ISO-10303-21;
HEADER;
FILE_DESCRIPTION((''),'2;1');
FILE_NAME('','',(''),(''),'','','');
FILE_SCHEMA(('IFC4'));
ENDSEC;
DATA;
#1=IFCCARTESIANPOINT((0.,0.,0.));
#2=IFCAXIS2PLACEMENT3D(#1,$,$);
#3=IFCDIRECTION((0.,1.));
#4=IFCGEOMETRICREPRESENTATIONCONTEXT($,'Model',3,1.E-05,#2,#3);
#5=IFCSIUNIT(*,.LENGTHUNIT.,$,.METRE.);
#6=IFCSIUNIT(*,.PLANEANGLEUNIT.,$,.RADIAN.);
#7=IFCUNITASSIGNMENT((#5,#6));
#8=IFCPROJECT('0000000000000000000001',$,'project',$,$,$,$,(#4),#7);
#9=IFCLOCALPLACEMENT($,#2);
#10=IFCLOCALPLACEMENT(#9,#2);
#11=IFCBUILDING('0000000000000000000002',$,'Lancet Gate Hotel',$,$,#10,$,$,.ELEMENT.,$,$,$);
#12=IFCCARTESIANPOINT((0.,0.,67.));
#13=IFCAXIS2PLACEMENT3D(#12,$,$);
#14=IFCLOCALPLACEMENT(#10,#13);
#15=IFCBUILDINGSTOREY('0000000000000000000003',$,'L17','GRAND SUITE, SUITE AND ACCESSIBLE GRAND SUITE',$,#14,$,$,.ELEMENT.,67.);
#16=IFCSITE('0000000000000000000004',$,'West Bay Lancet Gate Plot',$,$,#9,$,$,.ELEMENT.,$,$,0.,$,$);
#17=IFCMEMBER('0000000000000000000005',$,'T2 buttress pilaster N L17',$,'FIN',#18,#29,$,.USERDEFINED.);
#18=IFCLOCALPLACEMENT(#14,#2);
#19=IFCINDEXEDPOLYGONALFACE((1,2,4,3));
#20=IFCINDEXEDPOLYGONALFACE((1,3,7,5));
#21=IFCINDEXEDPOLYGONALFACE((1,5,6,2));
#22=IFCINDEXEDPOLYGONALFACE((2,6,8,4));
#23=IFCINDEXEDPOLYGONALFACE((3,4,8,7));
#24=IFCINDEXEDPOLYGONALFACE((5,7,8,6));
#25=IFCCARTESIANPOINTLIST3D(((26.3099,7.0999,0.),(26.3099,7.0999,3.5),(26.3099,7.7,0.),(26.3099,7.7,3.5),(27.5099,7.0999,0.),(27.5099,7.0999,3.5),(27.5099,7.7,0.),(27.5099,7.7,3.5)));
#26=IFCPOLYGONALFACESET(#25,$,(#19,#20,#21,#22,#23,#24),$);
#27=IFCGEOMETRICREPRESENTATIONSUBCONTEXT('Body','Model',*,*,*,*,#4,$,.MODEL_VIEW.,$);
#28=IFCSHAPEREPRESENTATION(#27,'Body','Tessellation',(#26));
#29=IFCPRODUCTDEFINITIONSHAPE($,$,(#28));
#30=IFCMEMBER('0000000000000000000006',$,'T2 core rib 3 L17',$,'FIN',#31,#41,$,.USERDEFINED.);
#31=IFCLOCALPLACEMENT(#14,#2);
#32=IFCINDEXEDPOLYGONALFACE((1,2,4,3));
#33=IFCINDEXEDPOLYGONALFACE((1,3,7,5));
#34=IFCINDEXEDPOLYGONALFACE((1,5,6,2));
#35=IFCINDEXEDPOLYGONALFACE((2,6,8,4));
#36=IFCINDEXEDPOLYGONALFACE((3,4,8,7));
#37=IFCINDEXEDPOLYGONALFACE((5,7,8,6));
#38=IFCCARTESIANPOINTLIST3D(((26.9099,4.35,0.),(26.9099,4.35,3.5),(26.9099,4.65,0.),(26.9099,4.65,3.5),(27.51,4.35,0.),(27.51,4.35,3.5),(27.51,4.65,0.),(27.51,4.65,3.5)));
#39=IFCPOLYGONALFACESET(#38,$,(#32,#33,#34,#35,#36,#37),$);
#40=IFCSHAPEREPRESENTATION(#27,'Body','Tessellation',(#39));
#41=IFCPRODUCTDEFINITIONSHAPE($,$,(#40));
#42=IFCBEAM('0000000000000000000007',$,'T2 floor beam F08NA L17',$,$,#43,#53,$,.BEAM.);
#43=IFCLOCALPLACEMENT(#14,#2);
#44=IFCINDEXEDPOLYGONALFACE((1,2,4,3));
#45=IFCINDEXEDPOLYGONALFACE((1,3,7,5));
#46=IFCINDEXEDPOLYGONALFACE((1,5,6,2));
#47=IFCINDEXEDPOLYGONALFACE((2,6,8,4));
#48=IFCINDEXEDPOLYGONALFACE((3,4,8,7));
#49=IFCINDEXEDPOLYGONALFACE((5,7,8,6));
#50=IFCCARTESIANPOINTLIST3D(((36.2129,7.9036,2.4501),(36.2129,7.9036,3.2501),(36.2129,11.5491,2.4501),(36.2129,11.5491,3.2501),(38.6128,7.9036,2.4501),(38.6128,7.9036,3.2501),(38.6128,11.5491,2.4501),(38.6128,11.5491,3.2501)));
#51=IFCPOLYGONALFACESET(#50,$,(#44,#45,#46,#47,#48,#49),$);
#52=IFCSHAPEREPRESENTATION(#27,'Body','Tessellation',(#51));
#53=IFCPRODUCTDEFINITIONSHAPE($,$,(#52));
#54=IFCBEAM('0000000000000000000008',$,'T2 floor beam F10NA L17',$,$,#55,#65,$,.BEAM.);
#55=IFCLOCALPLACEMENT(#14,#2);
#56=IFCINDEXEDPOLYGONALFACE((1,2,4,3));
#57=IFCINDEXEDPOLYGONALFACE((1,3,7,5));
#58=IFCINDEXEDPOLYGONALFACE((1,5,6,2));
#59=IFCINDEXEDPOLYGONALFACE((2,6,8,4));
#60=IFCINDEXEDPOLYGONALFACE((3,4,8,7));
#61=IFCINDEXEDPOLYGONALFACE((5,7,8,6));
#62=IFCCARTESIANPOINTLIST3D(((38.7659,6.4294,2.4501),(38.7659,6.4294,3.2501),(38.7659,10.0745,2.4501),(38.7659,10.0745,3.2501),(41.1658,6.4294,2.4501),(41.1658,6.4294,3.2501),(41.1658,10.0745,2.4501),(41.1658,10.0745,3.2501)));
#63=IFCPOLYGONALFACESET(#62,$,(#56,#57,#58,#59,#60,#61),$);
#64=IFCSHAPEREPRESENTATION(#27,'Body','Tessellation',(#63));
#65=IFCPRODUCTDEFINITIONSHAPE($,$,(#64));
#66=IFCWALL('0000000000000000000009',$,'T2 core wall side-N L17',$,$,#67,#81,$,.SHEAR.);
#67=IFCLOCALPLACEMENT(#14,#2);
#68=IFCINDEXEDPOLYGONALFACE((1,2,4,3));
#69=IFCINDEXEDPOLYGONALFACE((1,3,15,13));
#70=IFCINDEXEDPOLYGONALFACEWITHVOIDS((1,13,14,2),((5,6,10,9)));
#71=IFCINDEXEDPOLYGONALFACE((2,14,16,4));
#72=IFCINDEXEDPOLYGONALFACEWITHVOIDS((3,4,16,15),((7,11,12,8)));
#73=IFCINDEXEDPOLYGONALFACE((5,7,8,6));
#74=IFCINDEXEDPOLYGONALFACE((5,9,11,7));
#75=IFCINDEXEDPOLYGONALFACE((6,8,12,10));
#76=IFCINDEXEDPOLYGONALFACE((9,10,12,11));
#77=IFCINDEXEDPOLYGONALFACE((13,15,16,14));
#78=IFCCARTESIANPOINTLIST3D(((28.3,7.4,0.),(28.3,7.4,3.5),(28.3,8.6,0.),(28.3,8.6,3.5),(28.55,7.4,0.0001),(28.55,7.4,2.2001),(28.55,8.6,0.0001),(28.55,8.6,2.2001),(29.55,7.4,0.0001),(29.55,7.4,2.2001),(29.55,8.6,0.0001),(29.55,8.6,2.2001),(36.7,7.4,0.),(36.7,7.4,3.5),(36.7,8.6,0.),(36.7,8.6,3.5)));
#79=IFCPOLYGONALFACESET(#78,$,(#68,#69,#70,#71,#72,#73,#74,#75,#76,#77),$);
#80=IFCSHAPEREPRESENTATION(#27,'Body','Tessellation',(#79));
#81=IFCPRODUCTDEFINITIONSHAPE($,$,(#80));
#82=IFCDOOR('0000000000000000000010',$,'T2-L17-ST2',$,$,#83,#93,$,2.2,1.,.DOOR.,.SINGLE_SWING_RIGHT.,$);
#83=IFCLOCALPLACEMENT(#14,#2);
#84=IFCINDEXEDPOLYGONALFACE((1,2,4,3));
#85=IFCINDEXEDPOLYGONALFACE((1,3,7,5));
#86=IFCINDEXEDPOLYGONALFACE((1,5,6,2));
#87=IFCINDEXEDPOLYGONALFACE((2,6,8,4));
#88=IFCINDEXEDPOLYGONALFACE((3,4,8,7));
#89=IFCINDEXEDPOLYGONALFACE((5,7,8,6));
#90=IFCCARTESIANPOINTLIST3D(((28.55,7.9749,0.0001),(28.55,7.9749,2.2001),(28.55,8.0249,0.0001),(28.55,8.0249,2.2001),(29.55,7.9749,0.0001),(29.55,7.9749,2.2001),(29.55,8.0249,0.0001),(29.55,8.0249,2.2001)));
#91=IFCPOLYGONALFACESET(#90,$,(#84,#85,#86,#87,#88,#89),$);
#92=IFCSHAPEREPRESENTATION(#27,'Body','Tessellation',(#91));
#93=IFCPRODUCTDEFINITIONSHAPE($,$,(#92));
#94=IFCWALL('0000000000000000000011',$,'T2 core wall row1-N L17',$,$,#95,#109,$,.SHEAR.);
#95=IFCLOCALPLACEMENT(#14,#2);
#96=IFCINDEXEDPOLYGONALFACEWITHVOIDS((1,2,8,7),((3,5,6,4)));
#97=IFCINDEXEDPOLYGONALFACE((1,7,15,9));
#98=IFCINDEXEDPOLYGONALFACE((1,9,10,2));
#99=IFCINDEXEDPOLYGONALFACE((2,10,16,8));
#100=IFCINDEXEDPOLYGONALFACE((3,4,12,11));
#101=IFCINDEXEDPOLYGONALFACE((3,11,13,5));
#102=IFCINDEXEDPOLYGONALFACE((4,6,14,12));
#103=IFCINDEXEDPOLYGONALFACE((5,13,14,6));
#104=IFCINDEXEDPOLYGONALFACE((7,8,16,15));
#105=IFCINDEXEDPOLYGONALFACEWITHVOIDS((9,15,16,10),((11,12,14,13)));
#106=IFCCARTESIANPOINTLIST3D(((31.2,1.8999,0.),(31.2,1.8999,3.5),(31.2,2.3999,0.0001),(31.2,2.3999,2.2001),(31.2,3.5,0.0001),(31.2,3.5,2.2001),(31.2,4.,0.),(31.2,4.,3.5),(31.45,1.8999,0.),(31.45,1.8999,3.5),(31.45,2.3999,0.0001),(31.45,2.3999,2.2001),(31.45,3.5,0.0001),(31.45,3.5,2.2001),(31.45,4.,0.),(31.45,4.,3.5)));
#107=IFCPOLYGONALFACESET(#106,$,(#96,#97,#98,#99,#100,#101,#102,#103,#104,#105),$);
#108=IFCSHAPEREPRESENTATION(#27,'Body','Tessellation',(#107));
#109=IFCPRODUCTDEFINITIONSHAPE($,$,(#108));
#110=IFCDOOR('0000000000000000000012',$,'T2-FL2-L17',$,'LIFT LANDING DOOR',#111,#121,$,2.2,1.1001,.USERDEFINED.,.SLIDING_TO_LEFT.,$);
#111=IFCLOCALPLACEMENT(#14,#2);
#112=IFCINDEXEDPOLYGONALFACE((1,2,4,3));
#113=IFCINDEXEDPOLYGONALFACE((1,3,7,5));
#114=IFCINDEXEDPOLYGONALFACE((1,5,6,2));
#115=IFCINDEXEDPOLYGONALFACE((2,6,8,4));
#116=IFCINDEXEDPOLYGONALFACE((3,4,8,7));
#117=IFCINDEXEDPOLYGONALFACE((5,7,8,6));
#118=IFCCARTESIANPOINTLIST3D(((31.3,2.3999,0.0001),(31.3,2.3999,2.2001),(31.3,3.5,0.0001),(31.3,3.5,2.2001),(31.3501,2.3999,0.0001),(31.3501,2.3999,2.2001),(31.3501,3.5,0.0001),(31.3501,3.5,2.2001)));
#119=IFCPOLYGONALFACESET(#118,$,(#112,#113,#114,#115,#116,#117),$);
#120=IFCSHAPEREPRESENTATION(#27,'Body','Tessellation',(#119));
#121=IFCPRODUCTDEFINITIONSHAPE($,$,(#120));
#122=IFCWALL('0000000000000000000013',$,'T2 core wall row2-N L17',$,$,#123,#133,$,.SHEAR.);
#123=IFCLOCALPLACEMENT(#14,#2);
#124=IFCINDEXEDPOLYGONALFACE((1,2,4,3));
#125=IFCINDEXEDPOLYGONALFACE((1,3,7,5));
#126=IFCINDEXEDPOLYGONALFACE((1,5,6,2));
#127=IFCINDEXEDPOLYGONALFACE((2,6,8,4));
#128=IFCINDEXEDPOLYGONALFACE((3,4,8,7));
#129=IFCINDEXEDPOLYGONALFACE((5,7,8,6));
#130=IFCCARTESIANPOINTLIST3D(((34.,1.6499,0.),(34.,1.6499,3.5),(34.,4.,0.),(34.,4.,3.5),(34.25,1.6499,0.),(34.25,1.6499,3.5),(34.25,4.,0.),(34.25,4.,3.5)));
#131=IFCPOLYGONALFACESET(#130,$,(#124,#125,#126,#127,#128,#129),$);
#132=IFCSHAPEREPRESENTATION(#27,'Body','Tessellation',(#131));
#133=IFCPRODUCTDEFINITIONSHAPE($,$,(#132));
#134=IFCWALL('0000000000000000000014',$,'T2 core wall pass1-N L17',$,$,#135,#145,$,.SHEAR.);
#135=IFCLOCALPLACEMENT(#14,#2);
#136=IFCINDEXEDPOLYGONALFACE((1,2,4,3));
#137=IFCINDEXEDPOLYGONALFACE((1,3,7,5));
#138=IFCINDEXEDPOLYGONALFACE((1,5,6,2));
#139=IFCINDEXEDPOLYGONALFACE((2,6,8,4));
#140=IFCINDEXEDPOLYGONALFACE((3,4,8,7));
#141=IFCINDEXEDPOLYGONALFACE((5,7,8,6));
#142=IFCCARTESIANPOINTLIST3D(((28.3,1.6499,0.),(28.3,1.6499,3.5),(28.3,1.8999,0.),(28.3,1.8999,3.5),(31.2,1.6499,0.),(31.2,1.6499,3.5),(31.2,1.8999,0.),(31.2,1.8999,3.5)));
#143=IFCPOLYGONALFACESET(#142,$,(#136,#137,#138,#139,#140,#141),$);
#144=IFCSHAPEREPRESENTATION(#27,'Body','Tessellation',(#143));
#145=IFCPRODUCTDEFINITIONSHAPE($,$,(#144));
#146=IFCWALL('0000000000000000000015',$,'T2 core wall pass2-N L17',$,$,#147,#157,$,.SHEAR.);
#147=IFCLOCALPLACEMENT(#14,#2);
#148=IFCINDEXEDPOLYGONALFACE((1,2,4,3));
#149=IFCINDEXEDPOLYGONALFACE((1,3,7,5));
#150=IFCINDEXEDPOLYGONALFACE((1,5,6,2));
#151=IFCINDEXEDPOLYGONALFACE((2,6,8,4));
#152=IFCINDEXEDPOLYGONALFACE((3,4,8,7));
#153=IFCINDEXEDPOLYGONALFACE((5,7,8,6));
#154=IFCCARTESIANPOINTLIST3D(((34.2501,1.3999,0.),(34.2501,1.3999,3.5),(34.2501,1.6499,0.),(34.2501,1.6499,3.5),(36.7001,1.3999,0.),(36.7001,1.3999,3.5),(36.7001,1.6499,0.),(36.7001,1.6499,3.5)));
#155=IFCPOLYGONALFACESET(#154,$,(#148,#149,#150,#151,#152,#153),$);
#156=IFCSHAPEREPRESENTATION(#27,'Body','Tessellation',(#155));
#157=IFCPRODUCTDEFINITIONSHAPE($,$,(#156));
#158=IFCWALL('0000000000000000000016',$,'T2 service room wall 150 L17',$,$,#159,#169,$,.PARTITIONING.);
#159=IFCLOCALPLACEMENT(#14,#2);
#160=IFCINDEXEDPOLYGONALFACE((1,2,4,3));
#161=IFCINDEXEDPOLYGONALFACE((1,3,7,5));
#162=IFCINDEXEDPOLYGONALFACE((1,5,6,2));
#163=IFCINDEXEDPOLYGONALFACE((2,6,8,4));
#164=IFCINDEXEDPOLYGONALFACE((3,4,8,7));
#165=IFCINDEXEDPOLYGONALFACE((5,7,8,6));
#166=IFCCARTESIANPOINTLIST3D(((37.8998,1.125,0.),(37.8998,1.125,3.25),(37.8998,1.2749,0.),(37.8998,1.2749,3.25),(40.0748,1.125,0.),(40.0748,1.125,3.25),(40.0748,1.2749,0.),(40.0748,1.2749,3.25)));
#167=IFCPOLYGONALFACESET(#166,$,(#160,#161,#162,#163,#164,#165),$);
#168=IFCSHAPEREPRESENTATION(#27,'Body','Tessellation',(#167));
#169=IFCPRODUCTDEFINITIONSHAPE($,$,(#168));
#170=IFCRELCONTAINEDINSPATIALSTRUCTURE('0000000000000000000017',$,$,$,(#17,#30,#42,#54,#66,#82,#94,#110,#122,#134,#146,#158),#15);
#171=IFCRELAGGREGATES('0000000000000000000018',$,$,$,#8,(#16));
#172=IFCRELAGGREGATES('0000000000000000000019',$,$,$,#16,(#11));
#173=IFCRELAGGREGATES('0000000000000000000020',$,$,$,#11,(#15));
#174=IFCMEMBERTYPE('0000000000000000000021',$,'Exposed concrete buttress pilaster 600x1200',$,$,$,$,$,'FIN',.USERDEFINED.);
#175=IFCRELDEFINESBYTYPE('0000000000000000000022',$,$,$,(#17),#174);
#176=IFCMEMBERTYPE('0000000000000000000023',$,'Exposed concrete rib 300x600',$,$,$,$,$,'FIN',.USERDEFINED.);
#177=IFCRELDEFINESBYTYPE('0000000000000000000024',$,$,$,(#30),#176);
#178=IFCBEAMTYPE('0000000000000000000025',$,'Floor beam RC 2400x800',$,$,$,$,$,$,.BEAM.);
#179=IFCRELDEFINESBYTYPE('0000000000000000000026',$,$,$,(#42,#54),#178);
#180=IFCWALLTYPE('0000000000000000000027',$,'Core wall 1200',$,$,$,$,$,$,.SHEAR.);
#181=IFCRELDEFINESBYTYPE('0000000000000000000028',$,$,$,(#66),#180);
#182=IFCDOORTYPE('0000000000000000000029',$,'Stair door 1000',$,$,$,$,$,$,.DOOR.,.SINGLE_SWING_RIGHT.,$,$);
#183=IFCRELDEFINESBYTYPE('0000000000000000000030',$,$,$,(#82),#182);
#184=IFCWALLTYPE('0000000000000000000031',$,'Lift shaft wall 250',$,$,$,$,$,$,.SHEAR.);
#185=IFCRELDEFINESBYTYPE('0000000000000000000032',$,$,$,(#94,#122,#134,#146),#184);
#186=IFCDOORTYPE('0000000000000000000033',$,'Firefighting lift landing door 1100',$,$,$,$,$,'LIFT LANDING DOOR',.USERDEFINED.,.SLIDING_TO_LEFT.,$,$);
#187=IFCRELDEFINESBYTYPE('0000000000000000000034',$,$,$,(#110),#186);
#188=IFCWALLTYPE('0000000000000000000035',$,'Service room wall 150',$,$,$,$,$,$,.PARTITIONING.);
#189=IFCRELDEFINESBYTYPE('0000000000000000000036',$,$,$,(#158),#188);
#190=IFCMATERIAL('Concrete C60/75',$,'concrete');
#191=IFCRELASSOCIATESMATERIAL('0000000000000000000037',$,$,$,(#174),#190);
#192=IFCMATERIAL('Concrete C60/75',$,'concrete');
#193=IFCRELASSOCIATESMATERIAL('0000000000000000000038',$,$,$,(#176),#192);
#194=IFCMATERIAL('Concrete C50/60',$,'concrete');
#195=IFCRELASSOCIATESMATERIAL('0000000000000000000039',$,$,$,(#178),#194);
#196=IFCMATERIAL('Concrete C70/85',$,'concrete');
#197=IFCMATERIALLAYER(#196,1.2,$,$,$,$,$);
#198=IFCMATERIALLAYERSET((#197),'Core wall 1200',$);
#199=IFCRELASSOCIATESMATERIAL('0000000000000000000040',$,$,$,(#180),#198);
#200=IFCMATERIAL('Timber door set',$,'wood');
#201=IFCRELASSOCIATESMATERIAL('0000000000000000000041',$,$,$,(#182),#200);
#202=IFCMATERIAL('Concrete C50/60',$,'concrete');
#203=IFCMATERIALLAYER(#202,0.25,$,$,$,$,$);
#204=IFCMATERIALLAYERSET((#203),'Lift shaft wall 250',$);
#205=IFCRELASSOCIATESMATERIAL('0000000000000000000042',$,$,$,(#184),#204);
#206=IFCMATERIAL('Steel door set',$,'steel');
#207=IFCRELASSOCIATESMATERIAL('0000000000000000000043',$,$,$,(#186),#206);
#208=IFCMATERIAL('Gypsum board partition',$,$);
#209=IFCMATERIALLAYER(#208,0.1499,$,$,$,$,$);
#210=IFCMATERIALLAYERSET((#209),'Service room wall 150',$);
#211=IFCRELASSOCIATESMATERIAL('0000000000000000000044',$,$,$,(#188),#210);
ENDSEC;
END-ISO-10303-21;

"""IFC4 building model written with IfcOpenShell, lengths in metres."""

from ifc_helpers import new_model, si_unit, direction, frame, frame_2d, origin, origin_2d, place, context, subcontext, project, spatial, rectangle, extrude, material, layer, layer_set, material_profile, profile_set, type_object, element, fill, save


model = new_model("IFC4")

# Units and contexts
model_context = context("Model", 3, precision=1e-05, world=origin(), true_north=direction((0.0, 1.0)))
body_context = subcontext(model_context, "Body", "Model", "MODEL_VIEW")
ifc_project = project(units=[si_unit("LENGTHUNIT", "METRE"), si_unit("PLANEANGLEUNIT", "RADIAN")], contexts=[model_context])

# Site, building, storey
site_placement = place(None, origin())
site = spatial("IfcSite", under=ifc_project, at=site_placement, Name="West Bay Lancet Gate Plot", CompositionType="ELEMENT", RefElevation=0.0)
building_placement = place(site_placement, origin())
building = spatial("IfcBuilding", under=site, at=building_placement, Name="Lancet Gate Hotel", CompositionType="ELEMENT")
storey_placement = place(building_placement, frame((0.0, 0.0, 67.0)))
storey = spatial("IfcBuildingStorey", under=building, at=storey_placement, Name="L17", Description="GRAND SUITE, SUITE AND ACCESSIBLE GRAND SUITE", CompositionType="ELEMENT", Elevation=67.0)

# Members
ifc_material_1 = material(Name="Concrete C60/75", Category="concrete")
ifc_material_profile_1 = material_profile(ifc_material_1, rectangle(XDim=0.6001, YDim=1.2, at=origin_2d()), Name="FIN 600x1200")
ifc_profile_set_1 = profile_set([ifc_material_profile_1], Name="Concrete C60/75")
member_type_1 = type_object("IfcMemberType", Name="Exposed concrete buttress pilaster 600x1200", ElementType="FIN", PredefinedType="USERDEFINED", material=ifc_profile_set_1)
member_1_placement = place(storey_placement, frame((26.9099, 7.3999, 0.0), z_axis=(0.0, 0.0, 1.0), x_axis=(0.0, 1.0, 0.0)))
element("IfcMember", 1, at=member_1_placement, inside=storey, type_object=member_type_1, Name="T2 buttress pilaster N L17", ObjectType="FIN", PredefinedType="USERDEFINED", context=body_context, shape_type="SweptSolid", body=[
    extrude(rectangle(XDim=0.6001, YDim=1.2, at=origin_2d()), origin(), (0.0, 0.0, 1.0), 3.5),
])
ifc_material_2 = material(Name="Concrete C60/75", Category="concrete")
ifc_material_profile_2 = material_profile(ifc_material_2, rectangle(XDim=0.3, YDim=0.6001, at=origin_2d()), Name="FIN 300x600")
ifc_profile_set_2 = profile_set([ifc_material_profile_2], Name="Concrete C60/75")
member_type_2 = type_object("IfcMemberType", Name="Exposed concrete rib 300x600", ElementType="FIN", PredefinedType="USERDEFINED", material=ifc_profile_set_2)
member_2_placement = place(storey_placement, frame((27.21, 4.5, 0.0), z_axis=(0.0, 0.0, 1.0), x_axis=(0.0, 1.0, 0.0)))
element("IfcMember", 2, at=member_2_placement, inside=storey, type_object=member_type_2, Name="T2 core rib 3 L17", ObjectType="FIN", PredefinedType="USERDEFINED", context=body_context, shape_type="SweptSolid", body=[
    extrude(rectangle(XDim=0.3, YDim=0.6001, at=origin_2d()), origin(), (0.0, 0.0, 1.0), 3.5),
])

# Beams
ifc_material_3 = material(Name="Concrete C50/60", Category="concrete")
ifc_material_profile_3 = material_profile(ifc_material_3, rectangle(XDim=2.3999, YDim=0.8, at=origin_2d()), Name="RC 2400x800")
ifc_profile_set_3 = profile_set([ifc_material_profile_3], Name="Concrete C50/60")
beam_type = type_object("IfcBeamType", Name="Floor beam RC 2400x800", PredefinedType="BEAM", material=ifc_profile_set_3)
beam_1_placement = place(storey_placement, frame((37.4128, 7.9036, 2.8501), z_axis=(0.0, 1.0, 0.0), x_axis=(-1.0, 0.0, 0.0)))
element("IfcBeam", 3, at=beam_1_placement, inside=storey, type_object=beam_type, Name="T2 floor beam F08NA L17", PredefinedType="BEAM", context=body_context, shape_type="SweptSolid", body=[
    extrude(rectangle(XDim=2.3999, YDim=0.8, at=origin_2d()), origin(), (0.0, 0.0, 1.0), 3.6455),
])
beam_2_placement = place(storey_placement, frame((39.9658, 6.4294, 2.8501), z_axis=(0.0, 1.0, 0.0), x_axis=(-1.0, 0.0, 0.0)))
element("IfcBeam", 4, at=beam_2_placement, inside=storey, type_object=beam_type, Name="T2 floor beam F10NA L17", PredefinedType="BEAM", context=body_context, shape_type="SweptSolid", body=[
    extrude(rectangle(XDim=2.3999, YDim=0.8, at=origin_2d()), origin(), (0.0, 0.0, 1.0), 3.645),
])

# Walls, openings, doors
ifc_material_4 = material(Name="Concrete C70/85", Category="concrete")
ifc_layer_1 = layer(ifc_material_4, 1.2)
ifc_layer_set_1 = layer_set([ifc_layer_1], Name="Core wall 1200")
wall_type_1 = type_object("IfcWallType", Name="Core wall 1200", PredefinedType="SHEAR", material=ifc_layer_set_1)
wall_1_placement = place(storey_placement, frame((28.3, 8.0, 0.0), z_axis=(0.0, 0.0, 1.0), x_axis=(1.0, 0.0, 0.0)))
wall_1 = element("IfcWall", 5, at=wall_1_placement, inside=storey, type_object=wall_type_1, Name="T2 core wall side-N L17", PredefinedType="SHEAR", context=body_context, shape_type="SweptSolid", body=[
    extrude(rectangle(XDim=8.3999, YDim=1.2, at=frame_2d((4.2, 0.0))), origin(), (0.0, 0.0, 1.0), 3.5),
])
opening_1_placement = place(wall_1_placement, frame((0.25, 0.0, 0.0)))
opening_1 = element("IfcOpeningElement", 6, at=opening_1_placement, cuts=wall_1, PredefinedType="OPENING", context=body_context, shape_type="SweptSolid", body=[
    extrude(rectangle(XDim=1.0, YDim=2.2, at=frame_2d((0.5, 1.1001))), frame((0.0, 0.6099, 0.0), z_axis=(0.0, -1.0, 0.0), x_axis=(1.0, 0.0, 0.0)), (0.0, 0.0, 1.0), 1.22),
])
ifc_material_5 = material(Name="Timber door set", Category="wood")
door_type_1 = type_object("IfcDoorType", Name="Stair door 1000", OperationType="SINGLE_SWING_RIGHT", PredefinedType="DOOR", material=ifc_material_5)
door_1_placement = place(opening_1_placement, origin())
door_1 = element("IfcDoor", 7, at=door_1_placement, inside=storey, type_object=door_type_1, Name="T2-L17-ST2", OperationType="SINGLE_SWING_RIGHT", OverallHeight=2.2, OverallWidth=1.0, PredefinedType="DOOR", context=body_context, shape_type="SweptSolid", body=[
    extrude(rectangle(XDim=1.0, YDim=2.2, at=frame_2d((0.5, 1.1001))), frame((0.0, 0.0249, 0.0), z_axis=(0.0, -1.0, 0.0), x_axis=(1.0, 0.0, 0.0)), (0.0, 0.0, 1.0), 0.05),
])
fill(opening_1, door_1)
ifc_material_6 = material(Name="Concrete C50/60", Category="concrete")
ifc_layer_2 = layer(ifc_material_6, 0.25)
ifc_layer_set_2 = layer_set([ifc_layer_2], Name="Lift shaft wall 250")
wall_type_2 = type_object("IfcWallType", Name="Lift shaft wall 250", PredefinedType="SHEAR", material=ifc_layer_set_2)
wall_2_placement = place(storey_placement, frame((31.325, 1.8999, 0.0), z_axis=(0.0, 0.0, 1.0), x_axis=(0.0, 1.0, 0.0)))
wall_2 = element("IfcWall", 8, at=wall_2_placement, inside=storey, type_object=wall_type_2, Name="T2 core wall row1-N L17", PredefinedType="SHEAR", context=body_context, shape_type="SweptSolid", body=[
    extrude(rectangle(XDim=2.1001, YDim=0.25, at=frame_2d((1.05, 0.0))), origin(), (0.0, 0.0, 1.0), 3.5),
])
opening_2_placement = place(wall_2_placement, frame((0.5, 0.0, 0.0)))
opening_2 = element("IfcOpeningElement", 9, at=opening_2_placement, cuts=wall_2, PredefinedType="OPENING", context=body_context, shape_type="SweptSolid", body=[
    extrude(rectangle(XDim=1.1001, YDim=2.2, at=frame_2d((0.55, 1.1001))), frame((0.0, 0.135, 0.0), z_axis=(0.0, -1.0, 0.0), x_axis=(1.0, 0.0, 0.0)), (0.0, 0.0, 1.0), 0.27),
])
ifc_material_7 = material(Name="Steel door set", Category="steel")
door_type_2 = type_object("IfcDoorType", Name="Firefighting lift landing door 1100", ElementType="LIFT LANDING DOOR", OperationType="SLIDING_TO_LEFT", PredefinedType="USERDEFINED", material=ifc_material_7)
door_2_placement = place(opening_2_placement, origin())
door_2 = element("IfcDoor", 10, at=door_2_placement, inside=storey, type_object=door_type_2, Name="T2-FL2-L17", ObjectType="LIFT LANDING DOOR", OperationType="SLIDING_TO_LEFT", OverallHeight=2.2, OverallWidth=1.1001, PredefinedType="USERDEFINED", context=body_context, shape_type="SweptSolid", body=[
    extrude(rectangle(XDim=1.1001, YDim=2.2, at=frame_2d((0.55, 1.1001))), frame((0.0, 0.0249, 0.0), z_axis=(0.0, -1.0, 0.0), x_axis=(1.0, 0.0, 0.0)), (0.0, 0.0, 1.0), 0.05),
])
fill(opening_2, door_2)

# Walls
wall_3_placement = place(storey_placement, frame((34.125, 1.6499, 0.0), z_axis=(0.0, 0.0, 1.0), x_axis=(0.0, 1.0, 0.0)))
element("IfcWall", 11, at=wall_3_placement, inside=storey, type_object=wall_type_2, Name="T2 core wall row2-N L17", PredefinedType="SHEAR", context=body_context, shape_type="SweptSolid", body=[
    extrude(rectangle(XDim=2.3501, YDim=0.25, at=frame_2d((1.175, 0.0))), origin(), (0.0, 0.0, 1.0), 3.5),
])
wall_4_placement = place(storey_placement, frame((28.3, 1.7749, 0.0), z_axis=(0.0, 0.0, 1.0), x_axis=(1.0, 0.0, 0.0)))
element("IfcWall", 12, at=wall_4_placement, inside=storey, type_object=wall_type_2, Name="T2 core wall pass1-N L17", PredefinedType="SHEAR", context=body_context, shape_type="SweptSolid", body=[
    extrude(rectangle(XDim=2.8999, YDim=0.25, at=frame_2d((1.45, 0.0))), origin(), (0.0, 0.0, 1.0), 3.5),
])
wall_5_placement = place(storey_placement, frame((34.25, 1.5249, 0.0), z_axis=(0.0, 0.0, 1.0), x_axis=(1.0, 0.0, 0.0)))
element("IfcWall", 13, at=wall_5_placement, inside=storey, type_object=wall_type_2, Name="T2 core wall pass2-N L17", PredefinedType="SHEAR", context=body_context, shape_type="SweptSolid", body=[
    extrude(rectangle(XDim=2.45, YDim=0.25, at=frame_2d((1.2251, 0.0))), origin(), (0.0, 0.0, 1.0), 3.5),
])
ifc_material_8 = material(Name="Gypsum board partition")
ifc_layer_3 = layer(ifc_material_8, 0.1499)
ifc_layer_set_3 = layer_set([ifc_layer_3], Name="Service room wall 150")
wall_type_3 = type_object("IfcWallType", Name="Service room wall 150", PredefinedType="PARTITIONING", material=ifc_layer_set_3)
for number, where, z_axis, x_axis, name in (
    (14, (37.8999, 1.2, 0.0), (0.0, 0.0, 1.0), (1.0, 0.0, 0.0), "T2 service room wall 150 L17"),
):
    element("IfcWall", number, at=place(storey_placement, frame(where, z_axis=z_axis, x_axis=x_axis)), inside=storey, type_object=wall_type_3, Name=name, PredefinedType="PARTITIONING", context=body_context, shape_type="SweptSolid", body=[
        extrude(rectangle(XDim=2.175, YDim=0.1499, at=frame_2d((1.0874, 0.0))), origin(), (0.0, 0.0, 1.0), 3.25),
    ])

save(model, "model.ifc")
